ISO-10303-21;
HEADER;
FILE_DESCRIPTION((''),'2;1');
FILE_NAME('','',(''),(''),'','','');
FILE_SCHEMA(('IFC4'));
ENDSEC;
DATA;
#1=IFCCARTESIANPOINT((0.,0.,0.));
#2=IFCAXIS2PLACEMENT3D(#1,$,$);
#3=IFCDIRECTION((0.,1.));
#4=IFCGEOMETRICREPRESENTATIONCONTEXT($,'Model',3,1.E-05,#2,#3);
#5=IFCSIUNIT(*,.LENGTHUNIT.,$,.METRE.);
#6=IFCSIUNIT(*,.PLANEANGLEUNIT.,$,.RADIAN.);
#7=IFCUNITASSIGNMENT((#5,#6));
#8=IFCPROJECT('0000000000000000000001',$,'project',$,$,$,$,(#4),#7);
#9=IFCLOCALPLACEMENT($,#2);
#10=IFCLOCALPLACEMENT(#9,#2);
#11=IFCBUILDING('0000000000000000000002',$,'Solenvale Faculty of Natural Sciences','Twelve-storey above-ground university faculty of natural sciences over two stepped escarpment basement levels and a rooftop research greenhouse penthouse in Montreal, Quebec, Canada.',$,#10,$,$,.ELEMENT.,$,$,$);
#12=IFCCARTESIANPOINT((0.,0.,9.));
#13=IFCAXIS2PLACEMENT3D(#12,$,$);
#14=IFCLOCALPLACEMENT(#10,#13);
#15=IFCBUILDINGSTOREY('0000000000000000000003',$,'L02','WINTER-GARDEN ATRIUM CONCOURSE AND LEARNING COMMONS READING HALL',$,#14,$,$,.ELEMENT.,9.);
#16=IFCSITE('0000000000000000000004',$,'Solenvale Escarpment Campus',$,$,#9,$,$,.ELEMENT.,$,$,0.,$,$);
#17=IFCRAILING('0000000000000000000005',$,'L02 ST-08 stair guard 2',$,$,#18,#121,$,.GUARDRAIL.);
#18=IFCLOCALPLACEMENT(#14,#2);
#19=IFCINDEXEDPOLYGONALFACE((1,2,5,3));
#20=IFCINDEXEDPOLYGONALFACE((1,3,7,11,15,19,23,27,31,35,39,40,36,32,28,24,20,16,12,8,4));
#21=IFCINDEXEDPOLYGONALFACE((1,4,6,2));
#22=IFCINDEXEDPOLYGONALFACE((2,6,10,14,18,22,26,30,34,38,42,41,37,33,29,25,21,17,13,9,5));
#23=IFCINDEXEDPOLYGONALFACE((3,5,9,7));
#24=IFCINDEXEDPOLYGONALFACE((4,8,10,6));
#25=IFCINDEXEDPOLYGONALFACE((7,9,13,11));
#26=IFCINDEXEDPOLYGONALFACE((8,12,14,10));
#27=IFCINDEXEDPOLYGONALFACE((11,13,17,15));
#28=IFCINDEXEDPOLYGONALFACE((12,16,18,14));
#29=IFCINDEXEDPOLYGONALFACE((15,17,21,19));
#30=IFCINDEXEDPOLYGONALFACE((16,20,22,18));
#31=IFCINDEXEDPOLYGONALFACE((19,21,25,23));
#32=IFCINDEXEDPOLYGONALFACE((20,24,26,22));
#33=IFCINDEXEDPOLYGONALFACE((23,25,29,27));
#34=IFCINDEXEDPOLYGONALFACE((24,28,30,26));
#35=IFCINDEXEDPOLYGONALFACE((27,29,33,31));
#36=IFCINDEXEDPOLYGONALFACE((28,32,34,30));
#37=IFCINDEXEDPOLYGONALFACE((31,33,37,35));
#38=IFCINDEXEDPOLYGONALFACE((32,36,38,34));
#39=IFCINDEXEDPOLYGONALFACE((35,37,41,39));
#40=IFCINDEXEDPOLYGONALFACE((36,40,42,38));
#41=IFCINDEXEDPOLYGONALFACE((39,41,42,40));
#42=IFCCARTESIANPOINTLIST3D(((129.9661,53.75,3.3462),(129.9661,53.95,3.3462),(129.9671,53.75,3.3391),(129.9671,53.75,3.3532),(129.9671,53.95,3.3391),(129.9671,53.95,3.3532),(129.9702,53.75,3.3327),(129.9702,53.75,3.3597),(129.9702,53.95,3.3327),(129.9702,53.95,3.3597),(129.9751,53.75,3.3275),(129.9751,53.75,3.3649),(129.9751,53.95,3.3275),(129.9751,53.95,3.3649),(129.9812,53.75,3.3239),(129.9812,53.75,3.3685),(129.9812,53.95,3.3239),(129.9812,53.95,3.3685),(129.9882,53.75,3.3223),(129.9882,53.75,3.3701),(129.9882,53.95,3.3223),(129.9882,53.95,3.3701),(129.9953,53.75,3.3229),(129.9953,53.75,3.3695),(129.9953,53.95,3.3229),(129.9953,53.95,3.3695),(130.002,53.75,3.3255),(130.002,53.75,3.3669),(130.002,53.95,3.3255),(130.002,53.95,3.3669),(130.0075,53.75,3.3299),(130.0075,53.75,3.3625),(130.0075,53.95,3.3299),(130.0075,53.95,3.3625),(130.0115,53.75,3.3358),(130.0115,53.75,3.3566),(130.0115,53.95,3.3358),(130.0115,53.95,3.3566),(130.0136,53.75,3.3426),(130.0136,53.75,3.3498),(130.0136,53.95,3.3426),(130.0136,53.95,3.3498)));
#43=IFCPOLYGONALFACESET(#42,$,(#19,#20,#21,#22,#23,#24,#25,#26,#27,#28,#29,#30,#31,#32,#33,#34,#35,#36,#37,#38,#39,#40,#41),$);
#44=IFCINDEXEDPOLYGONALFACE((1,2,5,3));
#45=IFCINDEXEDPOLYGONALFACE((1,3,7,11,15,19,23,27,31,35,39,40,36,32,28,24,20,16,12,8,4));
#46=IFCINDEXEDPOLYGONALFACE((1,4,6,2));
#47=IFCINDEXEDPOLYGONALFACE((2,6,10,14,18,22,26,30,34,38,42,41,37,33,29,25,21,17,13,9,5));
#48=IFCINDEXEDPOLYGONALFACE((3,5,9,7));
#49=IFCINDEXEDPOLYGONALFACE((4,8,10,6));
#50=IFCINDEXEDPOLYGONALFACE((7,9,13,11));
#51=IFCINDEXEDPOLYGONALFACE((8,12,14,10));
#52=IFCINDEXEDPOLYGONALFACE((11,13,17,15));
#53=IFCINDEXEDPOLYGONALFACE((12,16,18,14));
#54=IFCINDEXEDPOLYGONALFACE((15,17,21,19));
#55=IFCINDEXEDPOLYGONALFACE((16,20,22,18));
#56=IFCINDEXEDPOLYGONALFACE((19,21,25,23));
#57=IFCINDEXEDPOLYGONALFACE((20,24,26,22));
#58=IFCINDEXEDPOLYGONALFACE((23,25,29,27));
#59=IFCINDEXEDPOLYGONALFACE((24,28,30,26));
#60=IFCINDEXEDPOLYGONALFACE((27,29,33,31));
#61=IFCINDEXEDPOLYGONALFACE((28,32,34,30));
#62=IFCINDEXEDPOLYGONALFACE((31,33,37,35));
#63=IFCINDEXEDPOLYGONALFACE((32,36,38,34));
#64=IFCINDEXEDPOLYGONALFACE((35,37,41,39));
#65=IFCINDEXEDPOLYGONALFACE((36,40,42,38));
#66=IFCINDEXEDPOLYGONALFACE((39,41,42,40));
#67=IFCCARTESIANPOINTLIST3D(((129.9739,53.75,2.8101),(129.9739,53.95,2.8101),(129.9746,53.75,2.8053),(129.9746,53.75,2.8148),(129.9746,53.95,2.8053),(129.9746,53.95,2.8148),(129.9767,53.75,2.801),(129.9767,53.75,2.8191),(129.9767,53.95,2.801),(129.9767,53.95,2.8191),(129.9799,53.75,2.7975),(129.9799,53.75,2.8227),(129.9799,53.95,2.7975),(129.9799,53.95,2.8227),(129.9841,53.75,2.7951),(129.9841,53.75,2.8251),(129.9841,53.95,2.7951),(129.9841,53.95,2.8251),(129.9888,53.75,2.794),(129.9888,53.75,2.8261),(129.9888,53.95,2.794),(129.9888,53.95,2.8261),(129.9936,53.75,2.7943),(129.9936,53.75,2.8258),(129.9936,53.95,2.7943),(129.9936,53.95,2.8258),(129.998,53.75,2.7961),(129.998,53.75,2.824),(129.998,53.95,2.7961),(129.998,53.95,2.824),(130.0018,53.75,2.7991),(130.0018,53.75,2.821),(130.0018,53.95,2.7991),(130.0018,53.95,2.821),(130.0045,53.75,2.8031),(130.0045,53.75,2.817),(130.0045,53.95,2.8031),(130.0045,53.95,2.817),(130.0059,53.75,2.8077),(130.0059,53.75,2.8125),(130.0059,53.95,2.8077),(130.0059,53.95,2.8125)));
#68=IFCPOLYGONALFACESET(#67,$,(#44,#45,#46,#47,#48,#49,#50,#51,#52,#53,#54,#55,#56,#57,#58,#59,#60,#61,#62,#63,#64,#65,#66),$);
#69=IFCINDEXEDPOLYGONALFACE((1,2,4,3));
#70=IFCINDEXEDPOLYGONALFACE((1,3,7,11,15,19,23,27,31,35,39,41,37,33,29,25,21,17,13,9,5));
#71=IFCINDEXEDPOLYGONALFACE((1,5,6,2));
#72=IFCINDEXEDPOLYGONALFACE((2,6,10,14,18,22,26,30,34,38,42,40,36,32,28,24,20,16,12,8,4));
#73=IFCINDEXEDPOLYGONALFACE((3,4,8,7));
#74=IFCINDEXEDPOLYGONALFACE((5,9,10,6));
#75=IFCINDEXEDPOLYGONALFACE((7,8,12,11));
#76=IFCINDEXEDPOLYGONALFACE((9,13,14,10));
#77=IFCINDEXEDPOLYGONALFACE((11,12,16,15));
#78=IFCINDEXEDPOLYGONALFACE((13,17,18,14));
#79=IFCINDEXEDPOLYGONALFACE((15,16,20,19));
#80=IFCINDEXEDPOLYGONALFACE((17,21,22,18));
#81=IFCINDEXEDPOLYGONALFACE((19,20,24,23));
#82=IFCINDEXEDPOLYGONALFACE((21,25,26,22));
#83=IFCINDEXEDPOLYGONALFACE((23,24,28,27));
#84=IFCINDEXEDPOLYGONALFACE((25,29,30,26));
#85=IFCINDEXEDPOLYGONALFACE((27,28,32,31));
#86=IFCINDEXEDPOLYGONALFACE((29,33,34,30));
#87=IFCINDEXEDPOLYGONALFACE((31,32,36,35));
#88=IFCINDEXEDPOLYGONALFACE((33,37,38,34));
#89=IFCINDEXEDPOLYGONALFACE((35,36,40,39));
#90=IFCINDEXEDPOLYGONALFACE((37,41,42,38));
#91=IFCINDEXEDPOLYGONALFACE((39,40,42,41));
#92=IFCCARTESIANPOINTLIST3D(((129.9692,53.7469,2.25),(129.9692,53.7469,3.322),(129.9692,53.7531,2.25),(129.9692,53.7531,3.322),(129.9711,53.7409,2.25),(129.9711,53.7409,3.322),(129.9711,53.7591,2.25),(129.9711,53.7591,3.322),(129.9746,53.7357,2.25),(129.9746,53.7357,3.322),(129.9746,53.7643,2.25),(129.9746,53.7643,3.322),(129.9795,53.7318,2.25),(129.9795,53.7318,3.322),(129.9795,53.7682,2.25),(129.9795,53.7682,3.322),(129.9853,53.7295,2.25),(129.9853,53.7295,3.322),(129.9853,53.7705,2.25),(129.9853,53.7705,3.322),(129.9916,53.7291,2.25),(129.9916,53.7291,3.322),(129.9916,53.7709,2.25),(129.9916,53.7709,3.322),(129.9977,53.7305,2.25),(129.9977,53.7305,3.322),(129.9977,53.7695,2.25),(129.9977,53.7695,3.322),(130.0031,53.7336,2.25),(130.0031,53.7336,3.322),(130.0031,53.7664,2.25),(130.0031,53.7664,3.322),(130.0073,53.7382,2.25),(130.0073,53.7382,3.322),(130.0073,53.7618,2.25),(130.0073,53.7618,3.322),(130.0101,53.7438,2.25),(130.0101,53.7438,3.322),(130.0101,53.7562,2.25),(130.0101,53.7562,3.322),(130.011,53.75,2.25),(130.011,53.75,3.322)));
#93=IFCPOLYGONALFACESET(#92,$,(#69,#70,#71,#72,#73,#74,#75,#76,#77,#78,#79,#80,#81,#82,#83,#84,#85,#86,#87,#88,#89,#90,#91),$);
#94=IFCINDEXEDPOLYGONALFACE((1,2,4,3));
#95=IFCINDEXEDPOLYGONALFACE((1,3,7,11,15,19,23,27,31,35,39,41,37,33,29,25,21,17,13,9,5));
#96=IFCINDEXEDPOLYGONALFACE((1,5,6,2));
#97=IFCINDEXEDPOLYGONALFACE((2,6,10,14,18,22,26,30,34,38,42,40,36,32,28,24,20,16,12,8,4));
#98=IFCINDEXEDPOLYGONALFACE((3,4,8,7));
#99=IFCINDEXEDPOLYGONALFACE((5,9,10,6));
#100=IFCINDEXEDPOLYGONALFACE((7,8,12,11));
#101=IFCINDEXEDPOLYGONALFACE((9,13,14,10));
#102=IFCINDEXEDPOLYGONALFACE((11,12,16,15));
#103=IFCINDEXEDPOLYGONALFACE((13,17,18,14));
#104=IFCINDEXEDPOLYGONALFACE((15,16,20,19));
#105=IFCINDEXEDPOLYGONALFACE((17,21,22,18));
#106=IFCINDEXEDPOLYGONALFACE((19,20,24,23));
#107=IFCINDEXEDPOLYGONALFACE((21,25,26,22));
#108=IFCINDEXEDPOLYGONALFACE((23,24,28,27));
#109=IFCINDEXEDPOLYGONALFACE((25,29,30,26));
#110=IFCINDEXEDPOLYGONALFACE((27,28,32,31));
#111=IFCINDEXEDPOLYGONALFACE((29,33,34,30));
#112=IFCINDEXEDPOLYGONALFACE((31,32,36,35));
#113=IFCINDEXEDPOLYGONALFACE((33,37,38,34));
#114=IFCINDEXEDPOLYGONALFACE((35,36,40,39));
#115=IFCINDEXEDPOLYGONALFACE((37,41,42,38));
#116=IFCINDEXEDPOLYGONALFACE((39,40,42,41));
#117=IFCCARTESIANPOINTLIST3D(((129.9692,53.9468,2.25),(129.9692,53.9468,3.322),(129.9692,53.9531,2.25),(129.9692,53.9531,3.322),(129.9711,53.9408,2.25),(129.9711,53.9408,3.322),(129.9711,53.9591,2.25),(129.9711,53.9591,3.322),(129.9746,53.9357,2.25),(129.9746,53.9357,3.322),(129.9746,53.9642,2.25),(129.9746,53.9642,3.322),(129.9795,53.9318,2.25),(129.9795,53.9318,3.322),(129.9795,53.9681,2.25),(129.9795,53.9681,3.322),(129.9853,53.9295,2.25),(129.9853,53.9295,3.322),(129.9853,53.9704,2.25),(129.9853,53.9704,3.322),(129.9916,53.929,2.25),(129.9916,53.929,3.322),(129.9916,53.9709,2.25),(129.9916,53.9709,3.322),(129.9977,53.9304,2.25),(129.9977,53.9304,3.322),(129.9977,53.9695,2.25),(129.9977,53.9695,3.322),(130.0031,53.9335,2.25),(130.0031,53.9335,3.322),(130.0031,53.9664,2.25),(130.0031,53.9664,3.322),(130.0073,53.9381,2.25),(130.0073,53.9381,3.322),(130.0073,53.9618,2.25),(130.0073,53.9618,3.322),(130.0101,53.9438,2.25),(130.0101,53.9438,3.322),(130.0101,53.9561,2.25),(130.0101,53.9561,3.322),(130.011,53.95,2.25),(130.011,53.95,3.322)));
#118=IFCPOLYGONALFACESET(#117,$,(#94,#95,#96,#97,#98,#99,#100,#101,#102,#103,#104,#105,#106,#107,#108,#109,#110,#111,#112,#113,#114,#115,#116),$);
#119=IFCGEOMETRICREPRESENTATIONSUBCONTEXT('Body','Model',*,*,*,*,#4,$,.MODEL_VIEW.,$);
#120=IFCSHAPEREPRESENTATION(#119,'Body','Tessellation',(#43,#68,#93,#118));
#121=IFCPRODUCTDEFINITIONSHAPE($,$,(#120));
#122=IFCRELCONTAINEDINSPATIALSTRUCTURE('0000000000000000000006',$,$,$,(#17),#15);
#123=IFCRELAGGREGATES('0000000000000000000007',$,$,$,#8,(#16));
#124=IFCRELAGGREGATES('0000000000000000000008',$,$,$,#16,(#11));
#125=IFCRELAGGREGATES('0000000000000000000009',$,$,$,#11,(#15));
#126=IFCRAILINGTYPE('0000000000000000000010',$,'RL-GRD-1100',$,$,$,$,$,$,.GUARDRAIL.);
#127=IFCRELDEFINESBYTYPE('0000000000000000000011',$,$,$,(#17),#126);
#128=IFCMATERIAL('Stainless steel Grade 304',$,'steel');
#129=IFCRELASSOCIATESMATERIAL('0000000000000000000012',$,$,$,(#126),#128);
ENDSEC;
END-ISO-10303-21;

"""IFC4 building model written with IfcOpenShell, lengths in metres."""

from ifc_helpers import new_model, si_unit, direction, frame, origin, origin_2d, place, context, subcontext, project, spatial, circle, extrude, material, type_object, element, save


model = new_model("IFC4")

# Units and contexts
model_context = context("Model", 3, precision=1e-05, world=origin(), true_north=direction((0.0, 1.0)))
body_context = subcontext(model_context, "Body", "Model", "MODEL_VIEW")
ifc_project = project(units=[si_unit("LENGTHUNIT", "METRE"), si_unit("PLANEANGLEUNIT", "RADIAN")], contexts=[model_context])

# Site, building, storey
site_placement = place(None, origin())
site = spatial("IfcSite", under=ifc_project, at=site_placement, Name="Solenvale Escarpment Campus", CompositionType="ELEMENT", RefElevation=0.0)
building_placement = place(site_placement, origin())
building = spatial("IfcBuilding", under=site, at=building_placement, Name="Solenvale Faculty of Natural Sciences", Description="Twelve-storey above-ground university faculty of natural sciences over two stepped escarpment basement levels and a rooftop research greenhouse penthouse in Montreal, Quebec, Canada.", CompositionType="ELEMENT")
storey_placement = place(building_placement, frame((0.0, 0.0, 9.0)))
storey = spatial("IfcBuildingStorey", under=building, at=storey_placement, Name="L02", Description="WINTER-GARDEN ATRIUM CONCOURSE AND LEARNING COMMONS READING HALL", CompositionType="ELEMENT", Elevation=9.0)

# Railing
ifc_material_1 = material(Name="Stainless steel Grade 304", Category="steel")
railing_type_1 = type_object("IfcRailingType", Name="RL-GRD-1100", PredefinedType="GUARDRAIL", material=ifc_material_1)
railing_1_placement = place(storey_placement, frame((129.99, 53.75, 2.25)))
element("IfcRailing", 1, at=railing_1_placement, inside=storey, type_object=railing_type_1, Name="L02 ST-08 stair guard 2", PredefinedType="GUARDRAIL", context=body_context, shape_type="SweptSolid", body=[
    extrude(circle(Radius=0.0239, at=origin_2d()), frame((0.0, 0.0, 1.0962), z_axis=(0.0, 1.0, 0.0), x_axis=(-1.0, 0.0, 0.0)), (0.0, 0.0, 1.0), 0.2),
    extrude(circle(Radius=0.0161, at=origin_2d()), frame((0.0, 0.0, 0.5601), z_axis=(0.0, 1.0, 0.0), x_axis=(-1.0, 0.0, 0.0)), (0.0, 0.0, 1.0), 0.2),
    extrude(circle(Radius=0.021, at=origin_2d()), origin(), (0.0, 0.0, 1.0), 1.072),
    extrude(circle(Radius=0.021, at=origin_2d()), frame((0.0, 0.2, 0.0)), (0.0, 0.0, 1.0), 1.072),
])

save(model, "model.ifc")
